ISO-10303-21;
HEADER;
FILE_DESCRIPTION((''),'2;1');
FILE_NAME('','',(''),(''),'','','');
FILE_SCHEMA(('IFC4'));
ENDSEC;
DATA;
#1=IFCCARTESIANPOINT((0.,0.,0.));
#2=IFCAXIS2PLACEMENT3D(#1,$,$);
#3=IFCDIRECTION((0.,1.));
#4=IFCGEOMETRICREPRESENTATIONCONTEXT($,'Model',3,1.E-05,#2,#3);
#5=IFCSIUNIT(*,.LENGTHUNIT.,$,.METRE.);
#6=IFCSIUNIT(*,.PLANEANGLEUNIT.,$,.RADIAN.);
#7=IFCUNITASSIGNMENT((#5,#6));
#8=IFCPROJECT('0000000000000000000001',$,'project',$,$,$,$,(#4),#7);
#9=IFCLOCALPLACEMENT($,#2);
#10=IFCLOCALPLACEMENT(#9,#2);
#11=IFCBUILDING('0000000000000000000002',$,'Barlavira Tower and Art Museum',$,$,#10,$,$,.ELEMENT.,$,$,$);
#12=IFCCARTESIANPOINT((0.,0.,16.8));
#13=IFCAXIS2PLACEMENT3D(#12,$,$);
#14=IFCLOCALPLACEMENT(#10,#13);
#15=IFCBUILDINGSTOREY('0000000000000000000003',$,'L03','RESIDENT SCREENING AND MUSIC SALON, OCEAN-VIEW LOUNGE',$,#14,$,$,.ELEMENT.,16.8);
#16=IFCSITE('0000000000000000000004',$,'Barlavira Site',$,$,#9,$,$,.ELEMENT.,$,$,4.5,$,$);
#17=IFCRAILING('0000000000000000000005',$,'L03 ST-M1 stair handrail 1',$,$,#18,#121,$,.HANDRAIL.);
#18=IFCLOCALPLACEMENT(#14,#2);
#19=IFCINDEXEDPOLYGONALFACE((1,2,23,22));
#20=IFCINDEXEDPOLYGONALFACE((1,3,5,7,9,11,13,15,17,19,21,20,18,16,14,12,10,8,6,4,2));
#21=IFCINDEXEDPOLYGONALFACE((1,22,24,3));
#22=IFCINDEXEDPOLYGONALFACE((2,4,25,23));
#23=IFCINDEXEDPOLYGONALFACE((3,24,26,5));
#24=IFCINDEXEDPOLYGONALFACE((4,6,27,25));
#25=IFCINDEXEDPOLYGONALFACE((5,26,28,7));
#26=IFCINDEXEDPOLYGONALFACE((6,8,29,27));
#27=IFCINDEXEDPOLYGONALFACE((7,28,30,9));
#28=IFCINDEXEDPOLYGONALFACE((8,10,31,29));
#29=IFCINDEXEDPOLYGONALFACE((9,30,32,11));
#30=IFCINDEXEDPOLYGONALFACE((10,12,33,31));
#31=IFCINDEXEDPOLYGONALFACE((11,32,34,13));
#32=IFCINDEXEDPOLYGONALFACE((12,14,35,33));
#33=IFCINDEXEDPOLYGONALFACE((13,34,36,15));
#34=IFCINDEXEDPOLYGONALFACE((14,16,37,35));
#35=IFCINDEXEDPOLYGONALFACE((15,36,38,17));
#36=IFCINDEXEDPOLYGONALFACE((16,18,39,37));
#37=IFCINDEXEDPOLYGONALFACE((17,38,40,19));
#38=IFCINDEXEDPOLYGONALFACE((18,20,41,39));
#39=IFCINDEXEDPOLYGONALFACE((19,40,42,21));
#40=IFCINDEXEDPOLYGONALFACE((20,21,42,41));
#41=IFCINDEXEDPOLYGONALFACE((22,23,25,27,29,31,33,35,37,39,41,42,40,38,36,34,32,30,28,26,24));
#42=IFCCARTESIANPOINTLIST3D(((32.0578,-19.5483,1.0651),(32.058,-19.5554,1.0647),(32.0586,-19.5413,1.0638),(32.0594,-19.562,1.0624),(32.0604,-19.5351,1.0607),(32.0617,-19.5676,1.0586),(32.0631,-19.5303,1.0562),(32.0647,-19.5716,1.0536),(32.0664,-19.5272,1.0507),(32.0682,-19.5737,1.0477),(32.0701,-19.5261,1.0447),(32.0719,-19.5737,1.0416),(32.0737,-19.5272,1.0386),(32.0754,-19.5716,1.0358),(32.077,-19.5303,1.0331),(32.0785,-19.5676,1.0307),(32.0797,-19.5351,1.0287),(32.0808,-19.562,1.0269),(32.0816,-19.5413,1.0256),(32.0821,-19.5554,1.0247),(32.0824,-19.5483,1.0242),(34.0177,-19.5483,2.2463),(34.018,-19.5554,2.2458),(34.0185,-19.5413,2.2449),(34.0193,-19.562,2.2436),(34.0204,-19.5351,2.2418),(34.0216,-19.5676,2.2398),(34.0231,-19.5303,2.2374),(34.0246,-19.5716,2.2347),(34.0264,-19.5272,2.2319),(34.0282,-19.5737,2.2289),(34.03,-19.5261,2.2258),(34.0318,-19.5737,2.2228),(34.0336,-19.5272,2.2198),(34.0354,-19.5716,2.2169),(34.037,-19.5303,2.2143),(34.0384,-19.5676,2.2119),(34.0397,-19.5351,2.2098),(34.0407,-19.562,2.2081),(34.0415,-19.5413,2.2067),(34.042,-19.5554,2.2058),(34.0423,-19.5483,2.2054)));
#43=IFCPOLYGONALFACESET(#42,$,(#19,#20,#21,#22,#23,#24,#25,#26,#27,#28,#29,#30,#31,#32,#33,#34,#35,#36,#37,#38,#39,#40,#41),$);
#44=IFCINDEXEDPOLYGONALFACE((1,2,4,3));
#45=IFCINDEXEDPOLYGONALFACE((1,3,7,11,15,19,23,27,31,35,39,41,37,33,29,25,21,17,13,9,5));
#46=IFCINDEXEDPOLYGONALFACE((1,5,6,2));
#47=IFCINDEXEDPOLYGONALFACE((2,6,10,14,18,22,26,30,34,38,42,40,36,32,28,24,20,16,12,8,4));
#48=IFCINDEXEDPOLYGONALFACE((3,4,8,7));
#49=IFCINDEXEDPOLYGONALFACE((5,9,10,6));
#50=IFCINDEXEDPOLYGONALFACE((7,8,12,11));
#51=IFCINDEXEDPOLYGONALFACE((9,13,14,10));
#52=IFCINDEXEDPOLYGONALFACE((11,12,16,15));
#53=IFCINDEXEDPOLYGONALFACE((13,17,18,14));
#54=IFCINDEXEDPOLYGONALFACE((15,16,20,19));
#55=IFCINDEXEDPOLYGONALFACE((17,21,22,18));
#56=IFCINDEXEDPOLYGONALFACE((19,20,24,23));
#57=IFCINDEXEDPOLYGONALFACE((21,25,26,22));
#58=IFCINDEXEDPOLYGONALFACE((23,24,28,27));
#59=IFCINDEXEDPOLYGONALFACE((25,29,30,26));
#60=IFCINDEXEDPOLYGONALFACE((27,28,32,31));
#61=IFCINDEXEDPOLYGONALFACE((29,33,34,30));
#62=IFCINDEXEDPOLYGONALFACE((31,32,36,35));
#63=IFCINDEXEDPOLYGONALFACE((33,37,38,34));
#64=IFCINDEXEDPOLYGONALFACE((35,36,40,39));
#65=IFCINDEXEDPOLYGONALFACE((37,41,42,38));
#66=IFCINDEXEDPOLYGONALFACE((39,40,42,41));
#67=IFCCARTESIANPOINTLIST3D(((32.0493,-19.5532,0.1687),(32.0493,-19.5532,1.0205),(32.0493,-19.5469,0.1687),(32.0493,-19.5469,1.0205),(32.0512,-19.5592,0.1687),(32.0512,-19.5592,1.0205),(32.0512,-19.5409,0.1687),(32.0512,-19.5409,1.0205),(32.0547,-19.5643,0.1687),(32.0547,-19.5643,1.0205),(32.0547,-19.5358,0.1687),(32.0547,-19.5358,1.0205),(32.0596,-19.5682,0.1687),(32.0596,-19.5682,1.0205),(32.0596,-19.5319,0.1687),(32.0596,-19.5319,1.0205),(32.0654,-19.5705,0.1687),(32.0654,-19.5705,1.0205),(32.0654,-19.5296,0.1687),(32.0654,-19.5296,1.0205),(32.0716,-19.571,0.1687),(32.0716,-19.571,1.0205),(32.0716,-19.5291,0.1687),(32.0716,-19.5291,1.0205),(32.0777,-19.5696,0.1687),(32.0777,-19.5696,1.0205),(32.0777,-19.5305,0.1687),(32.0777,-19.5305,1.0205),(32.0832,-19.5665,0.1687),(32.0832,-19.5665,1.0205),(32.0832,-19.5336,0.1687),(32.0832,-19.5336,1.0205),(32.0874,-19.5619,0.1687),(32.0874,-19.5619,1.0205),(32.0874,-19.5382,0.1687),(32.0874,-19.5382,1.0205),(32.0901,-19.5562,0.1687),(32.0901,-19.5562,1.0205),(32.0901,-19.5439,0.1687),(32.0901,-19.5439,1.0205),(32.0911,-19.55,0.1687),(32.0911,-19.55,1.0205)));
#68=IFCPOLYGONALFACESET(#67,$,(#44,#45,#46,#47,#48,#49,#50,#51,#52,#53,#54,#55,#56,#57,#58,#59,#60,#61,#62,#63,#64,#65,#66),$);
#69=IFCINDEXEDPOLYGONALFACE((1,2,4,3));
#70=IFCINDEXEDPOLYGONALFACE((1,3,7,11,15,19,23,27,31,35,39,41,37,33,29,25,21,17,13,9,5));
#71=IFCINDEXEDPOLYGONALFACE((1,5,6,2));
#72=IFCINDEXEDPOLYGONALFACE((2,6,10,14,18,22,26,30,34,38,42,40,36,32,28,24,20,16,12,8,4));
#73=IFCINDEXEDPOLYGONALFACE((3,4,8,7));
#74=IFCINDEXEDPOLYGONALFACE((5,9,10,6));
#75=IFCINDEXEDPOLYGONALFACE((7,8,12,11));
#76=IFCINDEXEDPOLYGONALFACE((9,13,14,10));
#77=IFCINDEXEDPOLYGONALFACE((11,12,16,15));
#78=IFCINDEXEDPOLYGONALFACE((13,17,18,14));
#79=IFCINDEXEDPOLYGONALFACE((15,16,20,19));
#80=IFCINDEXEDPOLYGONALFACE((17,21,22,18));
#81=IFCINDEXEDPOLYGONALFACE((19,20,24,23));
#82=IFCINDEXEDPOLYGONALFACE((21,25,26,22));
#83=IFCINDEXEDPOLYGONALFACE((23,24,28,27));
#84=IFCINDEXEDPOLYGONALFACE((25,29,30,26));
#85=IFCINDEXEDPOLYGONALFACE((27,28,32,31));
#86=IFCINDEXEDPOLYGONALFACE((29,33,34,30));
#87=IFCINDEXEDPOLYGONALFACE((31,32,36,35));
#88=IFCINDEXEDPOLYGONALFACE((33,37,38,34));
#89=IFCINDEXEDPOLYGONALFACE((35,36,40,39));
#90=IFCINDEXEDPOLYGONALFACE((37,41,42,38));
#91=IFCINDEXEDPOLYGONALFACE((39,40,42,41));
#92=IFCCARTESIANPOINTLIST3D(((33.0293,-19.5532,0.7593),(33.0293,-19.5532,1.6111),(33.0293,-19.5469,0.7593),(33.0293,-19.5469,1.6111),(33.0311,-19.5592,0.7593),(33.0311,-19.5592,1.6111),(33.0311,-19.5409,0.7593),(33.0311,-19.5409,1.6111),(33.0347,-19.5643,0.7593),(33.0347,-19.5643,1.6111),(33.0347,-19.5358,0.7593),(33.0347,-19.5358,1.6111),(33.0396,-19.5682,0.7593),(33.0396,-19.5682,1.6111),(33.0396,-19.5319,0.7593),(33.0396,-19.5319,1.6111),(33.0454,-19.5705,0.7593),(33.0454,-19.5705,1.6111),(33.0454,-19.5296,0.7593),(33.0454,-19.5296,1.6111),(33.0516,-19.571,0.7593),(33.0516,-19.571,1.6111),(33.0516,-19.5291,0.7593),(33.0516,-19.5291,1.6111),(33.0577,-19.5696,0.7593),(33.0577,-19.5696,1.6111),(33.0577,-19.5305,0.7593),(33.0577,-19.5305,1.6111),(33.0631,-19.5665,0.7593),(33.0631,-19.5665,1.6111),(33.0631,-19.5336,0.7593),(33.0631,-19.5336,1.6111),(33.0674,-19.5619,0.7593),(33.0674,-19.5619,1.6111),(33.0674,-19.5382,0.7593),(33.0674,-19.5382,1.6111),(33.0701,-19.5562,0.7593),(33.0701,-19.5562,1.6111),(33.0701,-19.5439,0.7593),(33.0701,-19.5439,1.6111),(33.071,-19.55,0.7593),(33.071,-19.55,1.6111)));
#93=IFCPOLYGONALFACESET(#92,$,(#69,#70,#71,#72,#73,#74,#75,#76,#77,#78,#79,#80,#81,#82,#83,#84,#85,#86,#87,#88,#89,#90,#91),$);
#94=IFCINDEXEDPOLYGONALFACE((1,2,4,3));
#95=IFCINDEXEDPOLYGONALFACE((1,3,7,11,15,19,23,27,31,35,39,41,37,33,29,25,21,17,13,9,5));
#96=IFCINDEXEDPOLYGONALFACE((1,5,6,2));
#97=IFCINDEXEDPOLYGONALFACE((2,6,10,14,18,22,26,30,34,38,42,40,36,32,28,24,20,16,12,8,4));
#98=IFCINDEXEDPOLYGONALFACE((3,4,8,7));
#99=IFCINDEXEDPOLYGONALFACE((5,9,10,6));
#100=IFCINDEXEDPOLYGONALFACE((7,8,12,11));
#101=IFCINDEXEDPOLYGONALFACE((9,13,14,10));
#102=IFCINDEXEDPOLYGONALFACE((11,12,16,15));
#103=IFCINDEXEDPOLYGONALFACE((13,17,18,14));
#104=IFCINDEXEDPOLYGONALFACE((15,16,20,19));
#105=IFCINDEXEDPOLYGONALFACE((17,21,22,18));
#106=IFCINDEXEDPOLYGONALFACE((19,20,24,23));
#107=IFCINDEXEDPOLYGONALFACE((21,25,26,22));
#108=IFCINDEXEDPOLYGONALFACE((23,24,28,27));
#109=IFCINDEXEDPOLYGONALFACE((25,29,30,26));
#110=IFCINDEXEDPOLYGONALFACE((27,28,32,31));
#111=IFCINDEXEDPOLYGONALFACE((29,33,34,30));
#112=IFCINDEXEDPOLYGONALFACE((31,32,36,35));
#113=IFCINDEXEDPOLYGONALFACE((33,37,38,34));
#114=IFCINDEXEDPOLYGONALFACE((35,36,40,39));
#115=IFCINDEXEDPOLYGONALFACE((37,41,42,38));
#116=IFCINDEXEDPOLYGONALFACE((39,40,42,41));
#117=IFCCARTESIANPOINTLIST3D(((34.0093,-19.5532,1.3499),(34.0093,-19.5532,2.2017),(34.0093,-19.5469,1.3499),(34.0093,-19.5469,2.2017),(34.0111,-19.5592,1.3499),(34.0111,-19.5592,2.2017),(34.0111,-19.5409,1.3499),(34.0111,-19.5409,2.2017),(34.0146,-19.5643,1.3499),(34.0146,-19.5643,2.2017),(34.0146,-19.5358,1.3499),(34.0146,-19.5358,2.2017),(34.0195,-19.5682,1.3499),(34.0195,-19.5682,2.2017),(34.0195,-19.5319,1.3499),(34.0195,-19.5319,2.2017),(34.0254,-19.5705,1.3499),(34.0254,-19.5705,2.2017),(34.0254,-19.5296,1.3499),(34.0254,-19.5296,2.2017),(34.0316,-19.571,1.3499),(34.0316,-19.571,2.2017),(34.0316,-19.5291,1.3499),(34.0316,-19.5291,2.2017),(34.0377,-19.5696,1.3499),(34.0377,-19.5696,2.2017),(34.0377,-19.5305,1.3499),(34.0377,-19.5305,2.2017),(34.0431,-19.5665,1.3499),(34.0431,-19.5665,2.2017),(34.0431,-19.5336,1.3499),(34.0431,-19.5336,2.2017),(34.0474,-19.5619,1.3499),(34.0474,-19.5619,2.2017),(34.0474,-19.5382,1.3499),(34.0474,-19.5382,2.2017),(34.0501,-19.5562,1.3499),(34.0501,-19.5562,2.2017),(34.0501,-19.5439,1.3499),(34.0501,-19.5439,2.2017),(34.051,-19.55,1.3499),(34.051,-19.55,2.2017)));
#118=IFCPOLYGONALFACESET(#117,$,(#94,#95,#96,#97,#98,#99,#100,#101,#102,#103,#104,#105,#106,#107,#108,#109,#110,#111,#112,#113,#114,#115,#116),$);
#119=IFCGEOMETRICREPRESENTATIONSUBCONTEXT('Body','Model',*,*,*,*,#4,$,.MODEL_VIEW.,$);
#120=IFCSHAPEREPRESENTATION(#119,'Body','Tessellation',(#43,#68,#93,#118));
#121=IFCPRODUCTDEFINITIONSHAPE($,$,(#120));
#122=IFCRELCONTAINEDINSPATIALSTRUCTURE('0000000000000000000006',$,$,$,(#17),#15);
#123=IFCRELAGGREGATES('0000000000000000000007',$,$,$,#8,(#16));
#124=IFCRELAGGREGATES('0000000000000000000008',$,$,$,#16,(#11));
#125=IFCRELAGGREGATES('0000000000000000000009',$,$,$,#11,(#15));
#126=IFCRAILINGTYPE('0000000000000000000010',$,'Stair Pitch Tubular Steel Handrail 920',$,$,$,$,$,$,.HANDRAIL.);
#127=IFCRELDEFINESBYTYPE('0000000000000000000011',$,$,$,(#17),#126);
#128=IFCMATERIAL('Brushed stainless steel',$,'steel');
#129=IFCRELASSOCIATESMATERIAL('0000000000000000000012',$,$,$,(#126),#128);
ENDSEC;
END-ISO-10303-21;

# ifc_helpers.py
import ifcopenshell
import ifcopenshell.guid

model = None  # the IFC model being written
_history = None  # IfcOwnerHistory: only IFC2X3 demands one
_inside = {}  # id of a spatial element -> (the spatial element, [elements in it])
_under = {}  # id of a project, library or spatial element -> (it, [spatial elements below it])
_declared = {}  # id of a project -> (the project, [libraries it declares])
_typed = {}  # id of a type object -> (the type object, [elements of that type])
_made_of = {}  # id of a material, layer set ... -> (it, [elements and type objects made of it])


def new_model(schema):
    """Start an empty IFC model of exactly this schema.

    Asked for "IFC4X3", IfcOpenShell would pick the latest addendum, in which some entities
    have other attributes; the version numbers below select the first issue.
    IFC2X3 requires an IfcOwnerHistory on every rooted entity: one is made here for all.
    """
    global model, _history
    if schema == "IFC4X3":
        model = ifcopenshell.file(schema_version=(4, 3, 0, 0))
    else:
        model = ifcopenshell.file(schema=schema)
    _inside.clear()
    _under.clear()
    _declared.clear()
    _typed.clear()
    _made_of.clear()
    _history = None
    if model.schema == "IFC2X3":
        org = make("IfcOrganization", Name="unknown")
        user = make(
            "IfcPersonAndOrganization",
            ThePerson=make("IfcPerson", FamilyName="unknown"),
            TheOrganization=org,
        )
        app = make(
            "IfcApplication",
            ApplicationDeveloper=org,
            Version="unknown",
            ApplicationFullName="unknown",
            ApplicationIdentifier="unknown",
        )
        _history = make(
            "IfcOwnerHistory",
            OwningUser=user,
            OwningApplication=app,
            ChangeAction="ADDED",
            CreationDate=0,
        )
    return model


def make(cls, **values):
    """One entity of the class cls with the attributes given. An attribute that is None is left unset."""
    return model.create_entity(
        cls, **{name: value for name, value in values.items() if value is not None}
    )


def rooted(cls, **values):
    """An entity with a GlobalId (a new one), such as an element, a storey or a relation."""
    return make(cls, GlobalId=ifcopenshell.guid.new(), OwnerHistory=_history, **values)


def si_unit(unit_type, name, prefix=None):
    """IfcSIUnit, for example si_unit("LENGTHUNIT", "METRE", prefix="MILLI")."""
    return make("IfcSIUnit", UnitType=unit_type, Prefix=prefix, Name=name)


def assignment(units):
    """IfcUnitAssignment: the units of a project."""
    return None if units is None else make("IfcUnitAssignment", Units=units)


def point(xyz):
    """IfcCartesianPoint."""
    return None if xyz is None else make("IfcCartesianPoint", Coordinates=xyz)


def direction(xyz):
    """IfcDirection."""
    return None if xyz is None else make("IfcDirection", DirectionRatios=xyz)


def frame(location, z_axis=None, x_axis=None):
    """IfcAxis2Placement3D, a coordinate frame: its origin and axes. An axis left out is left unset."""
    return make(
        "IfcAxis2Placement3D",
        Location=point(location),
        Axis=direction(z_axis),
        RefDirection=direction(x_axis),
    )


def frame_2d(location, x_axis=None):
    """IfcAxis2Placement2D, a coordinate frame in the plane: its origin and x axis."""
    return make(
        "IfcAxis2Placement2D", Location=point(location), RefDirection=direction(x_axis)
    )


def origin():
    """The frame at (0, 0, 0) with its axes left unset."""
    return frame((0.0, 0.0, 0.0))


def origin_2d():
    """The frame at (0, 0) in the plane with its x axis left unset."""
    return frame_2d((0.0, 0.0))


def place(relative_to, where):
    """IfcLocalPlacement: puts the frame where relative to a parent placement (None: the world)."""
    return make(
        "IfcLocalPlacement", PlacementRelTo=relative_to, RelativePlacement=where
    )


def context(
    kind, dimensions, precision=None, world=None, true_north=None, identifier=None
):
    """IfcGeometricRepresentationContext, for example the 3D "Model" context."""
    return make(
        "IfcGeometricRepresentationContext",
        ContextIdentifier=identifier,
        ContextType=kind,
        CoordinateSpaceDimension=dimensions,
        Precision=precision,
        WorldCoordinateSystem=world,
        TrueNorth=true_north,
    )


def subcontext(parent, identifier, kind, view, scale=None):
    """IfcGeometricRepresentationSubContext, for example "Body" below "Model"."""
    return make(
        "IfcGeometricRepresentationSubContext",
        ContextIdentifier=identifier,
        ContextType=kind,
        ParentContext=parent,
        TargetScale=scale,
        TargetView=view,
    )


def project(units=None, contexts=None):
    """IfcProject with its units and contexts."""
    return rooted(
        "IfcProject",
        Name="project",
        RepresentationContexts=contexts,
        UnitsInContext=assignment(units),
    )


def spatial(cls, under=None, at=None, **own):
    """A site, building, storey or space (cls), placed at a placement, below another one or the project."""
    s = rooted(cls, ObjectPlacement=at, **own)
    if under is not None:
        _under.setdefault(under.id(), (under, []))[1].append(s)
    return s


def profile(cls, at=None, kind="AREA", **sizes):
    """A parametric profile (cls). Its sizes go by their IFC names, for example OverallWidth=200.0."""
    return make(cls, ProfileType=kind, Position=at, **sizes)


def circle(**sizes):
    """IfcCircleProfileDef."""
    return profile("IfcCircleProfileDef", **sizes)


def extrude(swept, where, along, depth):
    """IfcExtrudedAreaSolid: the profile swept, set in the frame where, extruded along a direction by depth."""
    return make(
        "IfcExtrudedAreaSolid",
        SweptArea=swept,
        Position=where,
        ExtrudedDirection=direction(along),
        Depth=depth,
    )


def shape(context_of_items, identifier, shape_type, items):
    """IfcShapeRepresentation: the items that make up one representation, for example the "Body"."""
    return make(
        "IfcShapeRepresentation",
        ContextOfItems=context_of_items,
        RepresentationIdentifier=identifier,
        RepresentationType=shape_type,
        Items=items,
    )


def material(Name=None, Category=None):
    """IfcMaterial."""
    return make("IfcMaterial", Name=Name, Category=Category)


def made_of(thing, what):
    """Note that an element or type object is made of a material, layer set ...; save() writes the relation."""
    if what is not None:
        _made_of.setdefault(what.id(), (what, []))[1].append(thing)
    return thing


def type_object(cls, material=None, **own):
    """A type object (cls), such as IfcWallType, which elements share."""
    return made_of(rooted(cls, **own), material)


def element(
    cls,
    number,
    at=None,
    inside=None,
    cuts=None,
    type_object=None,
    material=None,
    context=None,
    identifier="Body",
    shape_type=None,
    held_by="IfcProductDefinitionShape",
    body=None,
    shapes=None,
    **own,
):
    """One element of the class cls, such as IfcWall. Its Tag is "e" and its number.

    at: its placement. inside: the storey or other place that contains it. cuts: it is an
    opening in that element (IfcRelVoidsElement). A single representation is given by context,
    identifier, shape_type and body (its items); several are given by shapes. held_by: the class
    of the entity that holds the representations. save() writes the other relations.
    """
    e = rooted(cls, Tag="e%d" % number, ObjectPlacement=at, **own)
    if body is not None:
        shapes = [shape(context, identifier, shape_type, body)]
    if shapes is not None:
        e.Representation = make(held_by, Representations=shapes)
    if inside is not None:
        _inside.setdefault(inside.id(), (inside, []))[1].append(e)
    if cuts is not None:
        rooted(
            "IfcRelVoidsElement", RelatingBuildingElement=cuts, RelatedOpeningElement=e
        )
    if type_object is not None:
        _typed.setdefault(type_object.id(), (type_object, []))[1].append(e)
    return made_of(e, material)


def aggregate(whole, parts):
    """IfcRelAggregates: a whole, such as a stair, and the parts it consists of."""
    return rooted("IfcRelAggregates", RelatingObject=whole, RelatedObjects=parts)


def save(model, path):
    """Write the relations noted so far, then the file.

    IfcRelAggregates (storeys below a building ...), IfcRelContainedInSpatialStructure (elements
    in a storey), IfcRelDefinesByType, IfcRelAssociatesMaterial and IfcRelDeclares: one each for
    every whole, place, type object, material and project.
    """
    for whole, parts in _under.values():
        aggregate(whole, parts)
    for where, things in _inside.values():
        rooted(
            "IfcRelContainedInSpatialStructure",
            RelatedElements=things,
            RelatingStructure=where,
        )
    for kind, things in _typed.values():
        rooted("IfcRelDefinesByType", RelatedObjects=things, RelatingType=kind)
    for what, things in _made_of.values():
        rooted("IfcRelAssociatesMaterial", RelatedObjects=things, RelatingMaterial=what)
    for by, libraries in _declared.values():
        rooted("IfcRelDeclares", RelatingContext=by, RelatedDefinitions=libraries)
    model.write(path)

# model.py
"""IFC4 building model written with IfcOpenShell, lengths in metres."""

from ifc_helpers import new_model, si_unit, direction, frame, origin, origin_2d, place, context, subcontext, project, spatial, circle, extrude, material, type_object, element, save


model = new_model("IFC4")

# Units and contexts
model_context = context("Model", 3, precision=1e-05, world=origin(), true_north=direction((0.0, 1.0)))
body_context = subcontext(model_context, "Body", "Model", "MODEL_VIEW")
ifc_project = project(units=[si_unit("LENGTHUNIT", "METRE"), si_unit("PLANEANGLEUNIT", "RADIAN")], contexts=[model_context])

# Site, building, storey
site_placement = place(None, origin())
site = spatial("IfcSite", under=ifc_project, at=site_placement, Name="Barlavira Site", CompositionType="ELEMENT", RefElevation=4.5)
building_placement = place(site_placement, origin())
building = spatial("IfcBuilding", under=site, at=building_placement, Name="Barlavira Tower and Art Museum", CompositionType="ELEMENT")
storey_placement = place(building_placement, frame((0.0, 0.0, 16.8)))
storey = spatial("IfcBuildingStorey", under=building, at=storey_placement, Name="L03", Description="RESIDENT SCREENING AND MUSIC SALON, OCEAN-VIEW LOUNGE", CompositionType="ELEMENT", Elevation=16.8)

# Shared definitions
ifc_material_1 = material(Name="Brushed stainless steel", Category="steel")

# Railing
railing_type_1 = type_object("IfcRailingType", Name="Stair Pitch Tubular Steel Handrail 920", PredefinedType="HANDRAIL", material=ifc_material_1)
railing_1_placement = place(storey_placement, frame((32.0701, -19.55, 0.1687)))
element("IfcRailing", 1, at=railing_1_placement, inside=storey, type_object=railing_type_1, Name="L03 ST-M1 stair handrail 1", PredefinedType="HANDRAIL", context=body_context, shape_type="SweptSolid", body=[
    extrude(circle(Radius=0.0239, at=origin_2d()), frame((0.0, 0.0, 0.876), z_axis=(0.856493, 0.0, 0.516158), x_axis=(0.0, 1.0, 0.0)), (0.0, 0.0, 1.0), 2.2883),
    extrude(circle(Radius=0.021, at=origin_2d()), origin(), (0.0, 0.0, 1.0), 0.8518),
    extrude(circle(Radius=0.021, at=origin_2d()), frame((0.98, 0.0, 0.5906)), (0.0, 0.0, 1.0), 0.8518),
    extrude(circle(Radius=0.021, at=origin_2d()), frame((1.96, 0.0, 1.1812)), (0.0, 0.0, 1.0), 0.8518),
])

save(model, "model.ifc")
